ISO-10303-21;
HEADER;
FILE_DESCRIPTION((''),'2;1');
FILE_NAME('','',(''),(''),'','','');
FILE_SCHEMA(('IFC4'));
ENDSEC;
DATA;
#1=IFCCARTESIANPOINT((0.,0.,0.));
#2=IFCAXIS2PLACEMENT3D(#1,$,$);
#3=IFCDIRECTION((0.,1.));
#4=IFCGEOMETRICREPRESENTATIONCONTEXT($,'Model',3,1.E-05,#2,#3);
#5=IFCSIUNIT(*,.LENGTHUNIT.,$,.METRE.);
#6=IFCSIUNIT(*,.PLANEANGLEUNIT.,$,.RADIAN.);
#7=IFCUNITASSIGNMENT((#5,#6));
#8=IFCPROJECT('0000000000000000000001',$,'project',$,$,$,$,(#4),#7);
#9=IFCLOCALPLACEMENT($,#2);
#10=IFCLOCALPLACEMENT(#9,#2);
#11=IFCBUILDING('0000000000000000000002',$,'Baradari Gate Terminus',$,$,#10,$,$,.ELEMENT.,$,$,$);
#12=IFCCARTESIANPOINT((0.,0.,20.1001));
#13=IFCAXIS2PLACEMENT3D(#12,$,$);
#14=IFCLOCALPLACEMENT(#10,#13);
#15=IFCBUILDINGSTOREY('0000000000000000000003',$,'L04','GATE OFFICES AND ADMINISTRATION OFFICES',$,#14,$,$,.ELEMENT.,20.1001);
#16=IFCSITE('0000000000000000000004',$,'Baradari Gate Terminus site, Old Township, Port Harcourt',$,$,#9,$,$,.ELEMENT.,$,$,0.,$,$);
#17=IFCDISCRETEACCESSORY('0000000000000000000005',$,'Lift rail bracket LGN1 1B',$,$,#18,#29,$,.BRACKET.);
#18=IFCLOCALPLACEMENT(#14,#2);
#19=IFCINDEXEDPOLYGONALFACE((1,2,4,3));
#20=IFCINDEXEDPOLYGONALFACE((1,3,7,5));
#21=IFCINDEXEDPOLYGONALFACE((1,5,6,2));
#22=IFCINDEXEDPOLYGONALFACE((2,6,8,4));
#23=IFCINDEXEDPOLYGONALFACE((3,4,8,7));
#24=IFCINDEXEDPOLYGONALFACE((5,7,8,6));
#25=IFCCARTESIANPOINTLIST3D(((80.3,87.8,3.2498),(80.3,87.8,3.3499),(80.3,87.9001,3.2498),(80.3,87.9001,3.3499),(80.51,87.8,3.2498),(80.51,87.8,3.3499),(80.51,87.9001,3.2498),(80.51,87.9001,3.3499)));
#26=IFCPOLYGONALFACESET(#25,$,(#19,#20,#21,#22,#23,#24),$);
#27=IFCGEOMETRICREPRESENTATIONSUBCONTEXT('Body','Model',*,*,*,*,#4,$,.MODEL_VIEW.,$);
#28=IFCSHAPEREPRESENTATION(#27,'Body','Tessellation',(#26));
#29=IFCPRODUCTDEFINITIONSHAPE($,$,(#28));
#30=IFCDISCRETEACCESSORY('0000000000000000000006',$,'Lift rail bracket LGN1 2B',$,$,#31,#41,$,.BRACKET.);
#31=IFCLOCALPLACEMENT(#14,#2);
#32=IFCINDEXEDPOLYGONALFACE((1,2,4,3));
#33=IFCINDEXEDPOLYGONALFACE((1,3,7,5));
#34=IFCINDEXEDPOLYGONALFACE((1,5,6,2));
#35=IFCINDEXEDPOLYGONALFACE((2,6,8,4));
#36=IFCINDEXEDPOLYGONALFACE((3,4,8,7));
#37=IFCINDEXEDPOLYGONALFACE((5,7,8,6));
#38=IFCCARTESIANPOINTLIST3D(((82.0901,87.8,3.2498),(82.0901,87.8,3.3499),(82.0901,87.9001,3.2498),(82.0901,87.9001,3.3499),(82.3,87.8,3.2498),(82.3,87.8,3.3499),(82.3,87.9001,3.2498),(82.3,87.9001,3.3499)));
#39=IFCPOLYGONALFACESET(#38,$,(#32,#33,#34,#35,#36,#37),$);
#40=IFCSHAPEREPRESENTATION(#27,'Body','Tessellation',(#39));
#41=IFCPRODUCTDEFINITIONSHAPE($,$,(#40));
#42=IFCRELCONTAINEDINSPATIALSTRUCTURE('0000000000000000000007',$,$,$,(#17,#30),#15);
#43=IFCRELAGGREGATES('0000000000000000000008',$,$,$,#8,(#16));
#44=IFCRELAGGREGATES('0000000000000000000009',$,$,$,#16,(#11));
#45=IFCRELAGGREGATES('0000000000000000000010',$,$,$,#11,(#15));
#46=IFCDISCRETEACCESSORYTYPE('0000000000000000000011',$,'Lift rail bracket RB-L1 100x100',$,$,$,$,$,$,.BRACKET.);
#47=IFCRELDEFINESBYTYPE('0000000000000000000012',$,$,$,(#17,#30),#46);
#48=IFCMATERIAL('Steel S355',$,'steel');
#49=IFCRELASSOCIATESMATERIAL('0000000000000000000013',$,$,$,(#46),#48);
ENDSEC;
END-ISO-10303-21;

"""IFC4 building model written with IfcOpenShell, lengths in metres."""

from ifc_helpers import new_model, si_unit, direction, frame, origin, origin_2d, place, context, subcontext, project, spatial, rectangle, extrude, material, type_object, element, save


model = new_model("IFC4")

# Units and contexts
model_context = context("Model", 3, precision=1e-05, world=origin(), true_north=direction((0.0, 1.0)))
body_context = subcontext(model_context, "Body", "Model", "MODEL_VIEW")
ifc_project = project(units=[si_unit("LENGTHUNIT", "METRE"), si_unit("PLANEANGLEUNIT", "RADIAN")], contexts=[model_context])

# Site, building, storey
site_placement = place(None, origin())
site = spatial("IfcSite", under=ifc_project, at=site_placement, Name="Baradari Gate Terminus site, Old Township, Port Harcourt", CompositionType="ELEMENT", RefElevation=0.0)
building_placement = place(site_placement, origin())
building = spatial("IfcBuilding", under=site, at=building_placement, Name="Baradari Gate Terminus", CompositionType="ELEMENT")
storey_placement = place(building_placement, frame((0.0, 0.0, 20.1001)))
storey = spatial("IfcBuildingStorey", under=building, at=storey_placement, Name="L04", Description="GATE OFFICES AND ADMINISTRATION OFFICES", CompositionType="ELEMENT", Elevation=20.1001)

# Discrete accessories
ifc_material_1 = material(Name="Steel S355", Category="steel")
discrete_accessory_type_1 = type_object("IfcDiscreteAccessoryType", Name="Lift rail bracket RB-L1 100x100", PredefinedType="BRACKET", material=ifc_material_1)
for number, where, z_axis, x_axis, name in (
    (1, (80.405, 87.8501, 3.2498), (0.0, 0.0, 1.0), (1.0, 0.0, 0.0), "Lift rail bracket LGN1 1B"),
    (2, (82.1951, 87.8501, 3.2498), (0.0, 0.0, 1.0), (1.0, 0.0, 0.0), "Lift rail bracket LGN1 2B"),
):
    element("IfcDiscreteAccessory", number, at=place(storey_placement, frame(where, z_axis=z_axis, x_axis=x_axis)), inside=storey, type_object=discrete_accessory_type_1, Name=name, PredefinedType="BRACKET", context=body_context, shape_type="SweptSolid", body=[
        extrude(rectangle(XDim=0.21, YDim=0.1001, at=origin_2d()), origin(), (0.0, 0.0, 1.0), 0.1001),
    ])

save(model, "model.ifc")
